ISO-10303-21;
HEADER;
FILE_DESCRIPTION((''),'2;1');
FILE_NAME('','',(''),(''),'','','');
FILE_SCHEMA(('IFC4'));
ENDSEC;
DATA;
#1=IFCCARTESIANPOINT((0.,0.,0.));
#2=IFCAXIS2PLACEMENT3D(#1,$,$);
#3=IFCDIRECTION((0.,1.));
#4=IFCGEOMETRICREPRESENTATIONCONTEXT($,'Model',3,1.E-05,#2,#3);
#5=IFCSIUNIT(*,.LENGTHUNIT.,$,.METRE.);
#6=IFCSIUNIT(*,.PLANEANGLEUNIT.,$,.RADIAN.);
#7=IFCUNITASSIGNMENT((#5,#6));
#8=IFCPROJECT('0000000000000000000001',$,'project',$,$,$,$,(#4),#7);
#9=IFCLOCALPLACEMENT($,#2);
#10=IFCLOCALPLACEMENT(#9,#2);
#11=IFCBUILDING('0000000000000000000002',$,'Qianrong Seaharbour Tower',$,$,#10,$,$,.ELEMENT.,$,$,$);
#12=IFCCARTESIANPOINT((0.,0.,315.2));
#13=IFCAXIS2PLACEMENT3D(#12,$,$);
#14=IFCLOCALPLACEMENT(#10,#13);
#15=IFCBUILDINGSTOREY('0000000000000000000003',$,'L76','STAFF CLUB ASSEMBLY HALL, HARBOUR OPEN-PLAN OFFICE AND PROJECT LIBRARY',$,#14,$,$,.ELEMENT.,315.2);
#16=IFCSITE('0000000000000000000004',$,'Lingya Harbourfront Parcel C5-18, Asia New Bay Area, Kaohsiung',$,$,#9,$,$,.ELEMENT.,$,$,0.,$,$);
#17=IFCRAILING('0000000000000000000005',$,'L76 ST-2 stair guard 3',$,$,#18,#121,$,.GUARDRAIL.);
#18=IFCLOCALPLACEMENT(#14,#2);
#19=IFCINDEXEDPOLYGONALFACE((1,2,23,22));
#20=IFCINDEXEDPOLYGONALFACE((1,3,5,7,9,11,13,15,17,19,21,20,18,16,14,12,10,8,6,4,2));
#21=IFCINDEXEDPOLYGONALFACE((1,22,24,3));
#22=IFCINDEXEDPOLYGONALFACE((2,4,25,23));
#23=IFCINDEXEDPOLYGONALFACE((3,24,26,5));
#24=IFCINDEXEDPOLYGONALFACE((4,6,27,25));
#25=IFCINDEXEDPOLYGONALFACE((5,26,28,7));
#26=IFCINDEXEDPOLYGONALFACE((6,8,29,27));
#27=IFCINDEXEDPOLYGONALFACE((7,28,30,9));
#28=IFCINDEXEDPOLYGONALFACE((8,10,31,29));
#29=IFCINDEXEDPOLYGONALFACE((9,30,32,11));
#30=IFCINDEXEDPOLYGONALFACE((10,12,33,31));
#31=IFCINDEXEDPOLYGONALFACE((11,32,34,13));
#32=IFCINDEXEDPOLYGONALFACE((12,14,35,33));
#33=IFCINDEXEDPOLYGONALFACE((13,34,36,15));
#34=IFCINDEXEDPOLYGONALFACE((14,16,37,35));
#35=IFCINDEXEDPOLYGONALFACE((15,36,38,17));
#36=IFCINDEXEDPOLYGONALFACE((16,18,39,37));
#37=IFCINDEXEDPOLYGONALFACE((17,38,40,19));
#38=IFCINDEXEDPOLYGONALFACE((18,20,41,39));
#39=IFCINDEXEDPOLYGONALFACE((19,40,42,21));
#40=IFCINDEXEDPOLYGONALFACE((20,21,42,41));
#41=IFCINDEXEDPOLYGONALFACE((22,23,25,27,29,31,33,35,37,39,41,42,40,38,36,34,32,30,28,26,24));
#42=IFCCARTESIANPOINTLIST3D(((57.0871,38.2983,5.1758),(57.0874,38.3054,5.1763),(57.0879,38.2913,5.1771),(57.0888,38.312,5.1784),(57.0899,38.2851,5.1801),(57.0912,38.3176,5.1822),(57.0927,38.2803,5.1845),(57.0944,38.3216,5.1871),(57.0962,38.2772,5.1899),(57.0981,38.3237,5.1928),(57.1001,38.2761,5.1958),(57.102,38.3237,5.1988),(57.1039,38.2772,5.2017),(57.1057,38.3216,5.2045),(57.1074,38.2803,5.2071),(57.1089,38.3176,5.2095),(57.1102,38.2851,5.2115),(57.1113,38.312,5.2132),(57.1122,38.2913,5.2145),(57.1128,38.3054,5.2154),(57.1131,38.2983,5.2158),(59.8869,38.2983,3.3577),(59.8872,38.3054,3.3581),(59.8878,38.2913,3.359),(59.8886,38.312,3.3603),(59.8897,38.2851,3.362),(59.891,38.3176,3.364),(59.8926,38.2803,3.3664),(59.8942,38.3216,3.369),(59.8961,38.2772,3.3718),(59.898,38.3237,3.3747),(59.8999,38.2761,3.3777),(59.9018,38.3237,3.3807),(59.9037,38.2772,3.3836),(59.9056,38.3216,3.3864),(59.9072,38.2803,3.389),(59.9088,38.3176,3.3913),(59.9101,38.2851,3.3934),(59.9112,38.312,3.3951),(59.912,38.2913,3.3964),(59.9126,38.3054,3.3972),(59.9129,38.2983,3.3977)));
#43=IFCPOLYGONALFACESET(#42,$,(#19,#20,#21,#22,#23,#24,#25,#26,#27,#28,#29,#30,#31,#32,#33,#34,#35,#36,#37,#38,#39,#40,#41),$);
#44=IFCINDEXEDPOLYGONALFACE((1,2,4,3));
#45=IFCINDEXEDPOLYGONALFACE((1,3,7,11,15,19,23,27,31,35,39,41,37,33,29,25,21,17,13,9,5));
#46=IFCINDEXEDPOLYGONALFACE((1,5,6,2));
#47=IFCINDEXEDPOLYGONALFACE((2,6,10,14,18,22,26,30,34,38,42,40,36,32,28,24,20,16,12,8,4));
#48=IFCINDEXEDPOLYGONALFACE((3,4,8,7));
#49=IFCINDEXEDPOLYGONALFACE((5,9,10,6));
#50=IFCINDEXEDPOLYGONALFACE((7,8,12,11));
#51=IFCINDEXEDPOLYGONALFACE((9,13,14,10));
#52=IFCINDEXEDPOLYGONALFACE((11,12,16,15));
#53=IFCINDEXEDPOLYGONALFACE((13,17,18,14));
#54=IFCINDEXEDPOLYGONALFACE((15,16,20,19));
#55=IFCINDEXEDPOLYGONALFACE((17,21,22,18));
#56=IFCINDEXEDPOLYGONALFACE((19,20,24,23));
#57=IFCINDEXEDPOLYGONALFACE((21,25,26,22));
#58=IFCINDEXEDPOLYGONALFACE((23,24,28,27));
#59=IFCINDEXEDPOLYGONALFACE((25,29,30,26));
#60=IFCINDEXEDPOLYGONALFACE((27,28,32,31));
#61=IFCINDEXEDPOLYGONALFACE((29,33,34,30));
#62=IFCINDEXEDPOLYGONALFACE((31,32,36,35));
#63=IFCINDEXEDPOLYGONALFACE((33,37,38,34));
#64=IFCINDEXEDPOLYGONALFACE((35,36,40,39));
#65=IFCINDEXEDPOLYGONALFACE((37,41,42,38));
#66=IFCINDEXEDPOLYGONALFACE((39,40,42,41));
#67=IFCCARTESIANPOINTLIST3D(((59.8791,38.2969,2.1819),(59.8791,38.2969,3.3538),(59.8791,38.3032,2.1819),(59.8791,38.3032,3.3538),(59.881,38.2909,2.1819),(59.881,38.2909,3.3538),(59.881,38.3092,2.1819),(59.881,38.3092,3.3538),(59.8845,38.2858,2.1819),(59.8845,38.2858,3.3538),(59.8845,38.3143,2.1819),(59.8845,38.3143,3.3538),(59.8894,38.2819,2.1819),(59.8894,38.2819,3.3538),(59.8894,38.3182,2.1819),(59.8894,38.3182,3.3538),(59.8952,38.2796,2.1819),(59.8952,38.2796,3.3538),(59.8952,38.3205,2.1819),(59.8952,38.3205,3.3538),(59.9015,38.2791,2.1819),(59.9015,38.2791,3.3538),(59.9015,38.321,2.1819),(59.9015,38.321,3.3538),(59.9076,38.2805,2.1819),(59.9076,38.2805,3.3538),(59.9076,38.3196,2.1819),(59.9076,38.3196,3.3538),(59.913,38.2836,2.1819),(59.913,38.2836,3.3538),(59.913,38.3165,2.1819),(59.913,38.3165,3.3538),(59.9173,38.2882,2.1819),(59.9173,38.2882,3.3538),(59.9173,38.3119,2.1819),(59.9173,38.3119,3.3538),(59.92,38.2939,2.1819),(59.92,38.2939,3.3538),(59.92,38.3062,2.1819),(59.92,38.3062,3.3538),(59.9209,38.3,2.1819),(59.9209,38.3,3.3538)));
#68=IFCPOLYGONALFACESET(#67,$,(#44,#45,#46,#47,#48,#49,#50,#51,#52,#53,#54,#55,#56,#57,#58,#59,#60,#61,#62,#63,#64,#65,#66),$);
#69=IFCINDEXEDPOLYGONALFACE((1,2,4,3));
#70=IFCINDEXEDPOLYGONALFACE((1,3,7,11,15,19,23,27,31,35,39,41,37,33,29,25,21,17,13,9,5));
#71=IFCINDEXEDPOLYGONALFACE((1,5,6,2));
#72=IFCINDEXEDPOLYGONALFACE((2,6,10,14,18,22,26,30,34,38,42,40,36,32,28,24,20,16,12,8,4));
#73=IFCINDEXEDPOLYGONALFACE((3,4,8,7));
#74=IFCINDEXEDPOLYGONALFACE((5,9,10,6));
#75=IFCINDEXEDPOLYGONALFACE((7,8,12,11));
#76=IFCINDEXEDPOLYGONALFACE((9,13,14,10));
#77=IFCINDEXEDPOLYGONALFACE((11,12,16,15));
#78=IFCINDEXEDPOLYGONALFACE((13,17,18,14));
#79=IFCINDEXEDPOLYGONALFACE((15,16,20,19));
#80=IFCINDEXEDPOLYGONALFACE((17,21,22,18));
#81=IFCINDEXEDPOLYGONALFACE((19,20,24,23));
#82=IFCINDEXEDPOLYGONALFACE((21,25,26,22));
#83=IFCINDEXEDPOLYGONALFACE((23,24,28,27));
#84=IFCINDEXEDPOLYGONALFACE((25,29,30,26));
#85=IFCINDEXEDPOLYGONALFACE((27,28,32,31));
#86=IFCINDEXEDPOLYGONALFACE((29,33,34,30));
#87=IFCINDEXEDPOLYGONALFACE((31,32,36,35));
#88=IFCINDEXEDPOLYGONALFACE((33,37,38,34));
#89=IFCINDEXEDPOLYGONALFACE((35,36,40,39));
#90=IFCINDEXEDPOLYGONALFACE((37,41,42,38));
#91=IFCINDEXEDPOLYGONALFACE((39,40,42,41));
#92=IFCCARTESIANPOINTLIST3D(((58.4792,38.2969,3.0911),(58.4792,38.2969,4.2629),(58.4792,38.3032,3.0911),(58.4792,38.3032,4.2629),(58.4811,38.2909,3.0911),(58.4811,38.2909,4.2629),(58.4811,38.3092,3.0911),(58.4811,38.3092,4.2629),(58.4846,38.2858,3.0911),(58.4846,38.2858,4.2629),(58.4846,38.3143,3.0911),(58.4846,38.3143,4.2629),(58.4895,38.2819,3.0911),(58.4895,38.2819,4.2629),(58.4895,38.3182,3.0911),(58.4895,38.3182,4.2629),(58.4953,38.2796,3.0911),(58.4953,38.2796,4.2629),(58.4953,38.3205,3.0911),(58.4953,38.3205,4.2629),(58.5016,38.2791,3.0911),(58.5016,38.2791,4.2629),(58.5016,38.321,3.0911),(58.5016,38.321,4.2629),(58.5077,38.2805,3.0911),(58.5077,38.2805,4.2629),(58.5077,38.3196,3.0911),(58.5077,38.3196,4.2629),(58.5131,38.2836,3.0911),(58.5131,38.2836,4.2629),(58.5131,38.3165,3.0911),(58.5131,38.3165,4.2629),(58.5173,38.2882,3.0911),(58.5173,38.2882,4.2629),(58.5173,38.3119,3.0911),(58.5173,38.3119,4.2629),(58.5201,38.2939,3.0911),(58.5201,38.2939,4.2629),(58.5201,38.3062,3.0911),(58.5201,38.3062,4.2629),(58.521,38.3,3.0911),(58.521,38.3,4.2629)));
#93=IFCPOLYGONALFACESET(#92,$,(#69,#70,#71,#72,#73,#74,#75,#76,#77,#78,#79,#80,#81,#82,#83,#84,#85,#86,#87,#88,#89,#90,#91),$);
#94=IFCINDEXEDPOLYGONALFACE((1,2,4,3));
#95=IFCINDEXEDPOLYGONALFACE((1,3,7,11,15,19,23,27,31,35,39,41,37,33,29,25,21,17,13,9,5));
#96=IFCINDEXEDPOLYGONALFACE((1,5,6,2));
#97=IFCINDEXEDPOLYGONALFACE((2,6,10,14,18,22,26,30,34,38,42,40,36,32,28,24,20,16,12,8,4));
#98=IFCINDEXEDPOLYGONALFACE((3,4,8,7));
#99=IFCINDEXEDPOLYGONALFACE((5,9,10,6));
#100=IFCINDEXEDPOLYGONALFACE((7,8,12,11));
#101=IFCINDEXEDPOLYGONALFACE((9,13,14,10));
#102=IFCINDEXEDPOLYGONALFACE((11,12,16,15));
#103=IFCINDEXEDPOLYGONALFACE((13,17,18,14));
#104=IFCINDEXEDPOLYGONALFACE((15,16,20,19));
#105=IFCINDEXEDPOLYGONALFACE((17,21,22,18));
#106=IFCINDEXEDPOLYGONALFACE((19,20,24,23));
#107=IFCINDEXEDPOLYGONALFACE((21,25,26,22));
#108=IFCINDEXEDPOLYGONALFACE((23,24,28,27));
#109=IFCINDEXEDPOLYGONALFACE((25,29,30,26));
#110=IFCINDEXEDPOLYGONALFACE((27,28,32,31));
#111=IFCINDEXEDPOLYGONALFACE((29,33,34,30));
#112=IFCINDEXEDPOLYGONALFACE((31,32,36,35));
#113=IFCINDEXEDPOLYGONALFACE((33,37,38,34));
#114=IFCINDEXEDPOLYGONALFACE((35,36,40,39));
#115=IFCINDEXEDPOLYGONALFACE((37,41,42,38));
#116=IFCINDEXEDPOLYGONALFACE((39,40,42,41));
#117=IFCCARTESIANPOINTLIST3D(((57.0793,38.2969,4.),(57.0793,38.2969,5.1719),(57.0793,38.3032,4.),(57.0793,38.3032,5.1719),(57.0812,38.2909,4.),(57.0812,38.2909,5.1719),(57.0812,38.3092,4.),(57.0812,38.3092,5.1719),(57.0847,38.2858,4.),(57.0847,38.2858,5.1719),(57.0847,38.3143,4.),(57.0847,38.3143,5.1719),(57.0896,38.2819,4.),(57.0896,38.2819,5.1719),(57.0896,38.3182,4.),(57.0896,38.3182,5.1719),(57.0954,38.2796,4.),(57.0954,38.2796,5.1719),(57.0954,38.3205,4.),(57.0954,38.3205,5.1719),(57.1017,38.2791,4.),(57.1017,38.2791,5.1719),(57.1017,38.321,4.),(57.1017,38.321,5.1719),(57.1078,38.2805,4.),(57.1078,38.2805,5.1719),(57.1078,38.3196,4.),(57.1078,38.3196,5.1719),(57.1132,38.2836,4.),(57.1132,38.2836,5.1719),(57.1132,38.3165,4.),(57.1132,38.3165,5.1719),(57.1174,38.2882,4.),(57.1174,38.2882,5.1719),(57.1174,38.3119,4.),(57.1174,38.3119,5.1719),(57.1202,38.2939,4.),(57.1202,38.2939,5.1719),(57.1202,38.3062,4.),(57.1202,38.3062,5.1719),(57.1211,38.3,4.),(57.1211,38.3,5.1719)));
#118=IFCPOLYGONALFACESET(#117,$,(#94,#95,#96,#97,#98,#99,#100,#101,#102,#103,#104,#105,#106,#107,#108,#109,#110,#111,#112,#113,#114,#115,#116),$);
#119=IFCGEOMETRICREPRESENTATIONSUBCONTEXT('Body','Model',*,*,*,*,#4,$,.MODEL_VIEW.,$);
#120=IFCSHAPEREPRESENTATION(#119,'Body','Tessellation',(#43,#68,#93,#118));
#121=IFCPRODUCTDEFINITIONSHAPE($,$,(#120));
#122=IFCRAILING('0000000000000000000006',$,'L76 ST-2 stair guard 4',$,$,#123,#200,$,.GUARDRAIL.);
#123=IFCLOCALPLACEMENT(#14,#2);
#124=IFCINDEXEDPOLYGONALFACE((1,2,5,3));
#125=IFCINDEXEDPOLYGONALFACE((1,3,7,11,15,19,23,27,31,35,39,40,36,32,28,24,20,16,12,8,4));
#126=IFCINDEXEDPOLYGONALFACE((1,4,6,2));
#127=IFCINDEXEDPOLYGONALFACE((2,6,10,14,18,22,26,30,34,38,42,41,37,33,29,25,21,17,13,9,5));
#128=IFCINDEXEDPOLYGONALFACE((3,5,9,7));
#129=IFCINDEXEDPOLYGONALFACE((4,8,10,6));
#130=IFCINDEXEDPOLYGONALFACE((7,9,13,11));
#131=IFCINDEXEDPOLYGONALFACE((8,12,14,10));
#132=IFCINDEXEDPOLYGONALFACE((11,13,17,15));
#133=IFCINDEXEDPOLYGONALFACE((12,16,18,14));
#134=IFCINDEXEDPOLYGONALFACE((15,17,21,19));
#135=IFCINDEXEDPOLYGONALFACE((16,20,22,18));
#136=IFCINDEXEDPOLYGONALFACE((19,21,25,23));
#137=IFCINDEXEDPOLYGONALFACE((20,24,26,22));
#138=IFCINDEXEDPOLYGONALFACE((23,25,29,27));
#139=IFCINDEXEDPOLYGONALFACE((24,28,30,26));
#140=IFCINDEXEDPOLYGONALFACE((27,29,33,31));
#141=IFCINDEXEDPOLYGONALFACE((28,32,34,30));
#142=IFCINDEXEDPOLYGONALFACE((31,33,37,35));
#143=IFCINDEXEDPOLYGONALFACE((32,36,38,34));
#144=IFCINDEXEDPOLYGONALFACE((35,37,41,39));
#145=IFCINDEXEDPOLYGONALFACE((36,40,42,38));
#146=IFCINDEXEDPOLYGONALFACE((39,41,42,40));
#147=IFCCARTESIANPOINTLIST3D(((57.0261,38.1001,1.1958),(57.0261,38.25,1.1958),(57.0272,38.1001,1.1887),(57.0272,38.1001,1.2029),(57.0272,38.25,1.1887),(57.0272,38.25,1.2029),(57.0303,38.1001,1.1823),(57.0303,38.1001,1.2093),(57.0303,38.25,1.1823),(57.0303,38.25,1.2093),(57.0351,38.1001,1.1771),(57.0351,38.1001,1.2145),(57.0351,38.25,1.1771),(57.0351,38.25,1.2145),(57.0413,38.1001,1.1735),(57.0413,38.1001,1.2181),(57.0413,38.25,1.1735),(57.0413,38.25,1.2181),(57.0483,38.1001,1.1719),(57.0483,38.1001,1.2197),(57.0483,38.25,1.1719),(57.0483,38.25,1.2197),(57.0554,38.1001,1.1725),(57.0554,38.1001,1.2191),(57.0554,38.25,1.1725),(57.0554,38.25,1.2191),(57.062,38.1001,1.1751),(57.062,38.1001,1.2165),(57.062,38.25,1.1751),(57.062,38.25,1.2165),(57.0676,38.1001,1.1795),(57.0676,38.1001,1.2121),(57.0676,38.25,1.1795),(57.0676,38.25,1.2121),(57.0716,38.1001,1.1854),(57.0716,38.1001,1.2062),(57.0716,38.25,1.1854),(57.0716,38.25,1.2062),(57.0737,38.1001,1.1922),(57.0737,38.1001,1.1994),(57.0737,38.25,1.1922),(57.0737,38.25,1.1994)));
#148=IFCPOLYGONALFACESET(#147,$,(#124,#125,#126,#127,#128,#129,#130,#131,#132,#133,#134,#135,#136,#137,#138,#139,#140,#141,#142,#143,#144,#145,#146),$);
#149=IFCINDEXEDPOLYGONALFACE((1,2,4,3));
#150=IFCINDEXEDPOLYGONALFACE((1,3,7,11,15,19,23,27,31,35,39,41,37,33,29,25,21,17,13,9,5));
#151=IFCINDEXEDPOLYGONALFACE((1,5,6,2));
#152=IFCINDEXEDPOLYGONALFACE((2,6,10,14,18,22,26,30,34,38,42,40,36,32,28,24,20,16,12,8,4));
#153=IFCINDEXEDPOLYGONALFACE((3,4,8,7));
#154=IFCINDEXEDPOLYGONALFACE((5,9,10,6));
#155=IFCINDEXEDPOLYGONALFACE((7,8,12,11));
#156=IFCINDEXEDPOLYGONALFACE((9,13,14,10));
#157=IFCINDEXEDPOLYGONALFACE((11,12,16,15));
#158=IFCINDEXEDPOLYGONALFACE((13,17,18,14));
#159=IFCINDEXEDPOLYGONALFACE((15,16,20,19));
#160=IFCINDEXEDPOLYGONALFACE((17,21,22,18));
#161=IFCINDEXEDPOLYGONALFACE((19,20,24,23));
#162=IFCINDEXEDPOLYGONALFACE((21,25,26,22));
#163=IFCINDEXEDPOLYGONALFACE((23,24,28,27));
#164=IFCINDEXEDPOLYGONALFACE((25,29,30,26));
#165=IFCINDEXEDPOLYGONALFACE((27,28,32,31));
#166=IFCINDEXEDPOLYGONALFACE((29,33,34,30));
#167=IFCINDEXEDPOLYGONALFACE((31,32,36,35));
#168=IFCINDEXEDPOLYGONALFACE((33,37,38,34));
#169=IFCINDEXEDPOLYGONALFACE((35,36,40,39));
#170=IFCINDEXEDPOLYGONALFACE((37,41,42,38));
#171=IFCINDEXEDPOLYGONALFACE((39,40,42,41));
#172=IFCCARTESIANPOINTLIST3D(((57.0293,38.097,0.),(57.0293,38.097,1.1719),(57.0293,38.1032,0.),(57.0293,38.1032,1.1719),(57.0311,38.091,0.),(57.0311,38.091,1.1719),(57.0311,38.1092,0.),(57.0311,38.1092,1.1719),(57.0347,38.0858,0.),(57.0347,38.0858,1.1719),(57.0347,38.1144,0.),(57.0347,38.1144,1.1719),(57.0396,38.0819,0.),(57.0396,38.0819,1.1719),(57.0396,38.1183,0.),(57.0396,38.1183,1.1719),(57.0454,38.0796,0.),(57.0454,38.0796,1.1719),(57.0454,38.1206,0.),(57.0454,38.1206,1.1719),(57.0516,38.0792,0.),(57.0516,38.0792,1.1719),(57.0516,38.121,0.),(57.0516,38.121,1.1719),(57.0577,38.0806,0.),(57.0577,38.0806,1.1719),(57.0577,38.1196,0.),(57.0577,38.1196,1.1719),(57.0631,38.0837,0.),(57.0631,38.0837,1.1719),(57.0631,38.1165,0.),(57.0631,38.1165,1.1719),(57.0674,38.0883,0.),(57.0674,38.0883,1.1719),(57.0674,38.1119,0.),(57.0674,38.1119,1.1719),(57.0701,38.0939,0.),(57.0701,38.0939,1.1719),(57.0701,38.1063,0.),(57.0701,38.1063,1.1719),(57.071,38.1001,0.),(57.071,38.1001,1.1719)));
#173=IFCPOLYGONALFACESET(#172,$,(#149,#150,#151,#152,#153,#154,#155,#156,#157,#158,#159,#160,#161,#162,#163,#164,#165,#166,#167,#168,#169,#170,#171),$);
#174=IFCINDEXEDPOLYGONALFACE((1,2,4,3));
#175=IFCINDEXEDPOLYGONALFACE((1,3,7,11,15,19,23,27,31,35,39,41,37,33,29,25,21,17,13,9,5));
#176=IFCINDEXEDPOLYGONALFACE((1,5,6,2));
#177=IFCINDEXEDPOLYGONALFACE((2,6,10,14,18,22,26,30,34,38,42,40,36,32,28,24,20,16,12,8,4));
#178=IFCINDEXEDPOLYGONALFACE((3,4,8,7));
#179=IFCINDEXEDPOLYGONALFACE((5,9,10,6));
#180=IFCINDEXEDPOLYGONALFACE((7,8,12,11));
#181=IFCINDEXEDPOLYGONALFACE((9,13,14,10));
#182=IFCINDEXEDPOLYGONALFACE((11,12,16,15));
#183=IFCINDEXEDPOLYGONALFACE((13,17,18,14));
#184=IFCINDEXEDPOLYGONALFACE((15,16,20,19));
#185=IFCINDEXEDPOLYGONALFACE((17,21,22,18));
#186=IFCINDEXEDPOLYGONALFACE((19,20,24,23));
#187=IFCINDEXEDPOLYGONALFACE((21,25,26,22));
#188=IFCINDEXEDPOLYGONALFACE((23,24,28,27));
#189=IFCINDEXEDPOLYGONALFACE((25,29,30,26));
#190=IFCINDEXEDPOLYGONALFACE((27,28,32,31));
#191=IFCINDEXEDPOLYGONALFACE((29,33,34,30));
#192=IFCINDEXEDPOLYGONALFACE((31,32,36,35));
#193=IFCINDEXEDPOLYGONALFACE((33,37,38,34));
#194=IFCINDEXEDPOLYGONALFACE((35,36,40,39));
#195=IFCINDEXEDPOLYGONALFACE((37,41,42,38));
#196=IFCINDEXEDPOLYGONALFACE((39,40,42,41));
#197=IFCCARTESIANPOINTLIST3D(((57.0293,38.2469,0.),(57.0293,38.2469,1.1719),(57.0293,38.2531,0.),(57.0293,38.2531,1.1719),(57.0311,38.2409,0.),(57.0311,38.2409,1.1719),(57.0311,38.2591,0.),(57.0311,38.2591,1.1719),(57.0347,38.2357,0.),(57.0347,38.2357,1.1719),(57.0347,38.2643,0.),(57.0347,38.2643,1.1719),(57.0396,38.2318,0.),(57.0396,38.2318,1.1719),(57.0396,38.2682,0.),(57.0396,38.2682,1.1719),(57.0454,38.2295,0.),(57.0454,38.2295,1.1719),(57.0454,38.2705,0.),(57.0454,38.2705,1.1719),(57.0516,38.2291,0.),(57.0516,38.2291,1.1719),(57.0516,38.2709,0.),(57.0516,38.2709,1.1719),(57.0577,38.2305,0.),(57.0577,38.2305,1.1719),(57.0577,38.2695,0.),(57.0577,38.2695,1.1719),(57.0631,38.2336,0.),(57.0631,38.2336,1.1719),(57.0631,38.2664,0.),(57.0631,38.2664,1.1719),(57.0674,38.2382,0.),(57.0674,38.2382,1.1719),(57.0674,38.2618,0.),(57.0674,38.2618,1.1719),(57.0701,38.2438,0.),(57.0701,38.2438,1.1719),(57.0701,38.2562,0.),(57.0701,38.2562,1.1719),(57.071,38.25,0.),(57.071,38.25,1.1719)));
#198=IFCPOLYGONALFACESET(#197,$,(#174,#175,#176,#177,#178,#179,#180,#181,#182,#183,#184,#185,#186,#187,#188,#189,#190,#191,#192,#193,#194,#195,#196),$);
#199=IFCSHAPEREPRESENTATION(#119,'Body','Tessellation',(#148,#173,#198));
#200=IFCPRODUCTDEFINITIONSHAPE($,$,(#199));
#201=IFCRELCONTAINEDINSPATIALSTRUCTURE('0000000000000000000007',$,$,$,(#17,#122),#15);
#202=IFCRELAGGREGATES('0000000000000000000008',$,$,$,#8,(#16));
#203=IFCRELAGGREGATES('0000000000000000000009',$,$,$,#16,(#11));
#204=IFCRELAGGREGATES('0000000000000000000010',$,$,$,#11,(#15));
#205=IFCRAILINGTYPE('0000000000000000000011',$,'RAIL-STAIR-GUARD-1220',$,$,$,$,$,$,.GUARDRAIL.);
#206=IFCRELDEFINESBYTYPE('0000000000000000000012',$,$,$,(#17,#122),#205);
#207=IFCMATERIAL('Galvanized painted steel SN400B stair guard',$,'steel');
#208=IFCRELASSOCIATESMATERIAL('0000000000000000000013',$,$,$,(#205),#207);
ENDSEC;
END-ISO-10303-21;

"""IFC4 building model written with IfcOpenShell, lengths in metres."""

from ifc_helpers import new_model, si_unit, direction, frame, origin, origin_2d, place, context, subcontext, project, spatial, circle, extrude, material, type_object, element, save


model = new_model("IFC4")

# Units and contexts
model_context = context("Model", 3, precision=1e-05, world=origin(), true_north=direction((0.0, 1.0)))
body_context = subcontext(model_context, "Body", "Model", "MODEL_VIEW")
ifc_project = project(units=[si_unit("LENGTHUNIT", "METRE"), si_unit("PLANEANGLEUNIT", "RADIAN")], contexts=[model_context])

# Site, building, storey
site_placement = place(None, origin())
site = spatial("IfcSite", under=ifc_project, at=site_placement, Name="Lingya Harbourfront Parcel C5-18, Asia New Bay Area, Kaohsiung", CompositionType="ELEMENT", RefElevation=0.0)
building_placement = place(site_placement, origin())
building = spatial("IfcBuilding", under=site, at=building_placement, Name="Qianrong Seaharbour Tower", CompositionType="ELEMENT")
storey_placement = place(building_placement, frame((0.0, 0.0, 315.2)))
storey = spatial("IfcBuildingStorey", under=building, at=storey_placement, Name="L76", Description="STAFF CLUB ASSEMBLY HALL, HARBOUR OPEN-PLAN OFFICE AND PROJECT LIBRARY", CompositionType="ELEMENT", Elevation=315.2)

# Railings
ifc_material_1 = material(Name="Galvanized painted steel SN400B stair guard", Category="steel")
railing_type_1 = type_object("IfcRailingType", Name="RAIL-STAIR-GUARD-1220", PredefinedType="GUARDRAIL", material=ifc_material_1)
railing_1_placement = place(storey_placement, frame((59.8999, 38.3, 2.1819)))
element("IfcRailing", 1, at=railing_1_placement, inside=storey, type_object=railing_type_1, Name="L76 ST-2 stair guard 3", PredefinedType="GUARDRAIL", context=body_context, shape_type="SweptSolid", body=[
    extrude(circle(Radius=0.0239, at=origin_2d()), frame((0.0, 0.0, 1.1958), z_axis=(-0.838684, 0.0, 0.544618), x_axis=(0.0, -1.0, 0.0)), (0.0, 0.0, 1.0), 3.3384),
    extrude(circle(Radius=0.021, at=origin_2d()), origin(), (0.0, 0.0, 1.0), 1.1719),
    extrude(circle(Radius=0.021, at=origin_2d()), frame((-1.3999, 0.0, 0.9092)), (0.0, 0.0, 1.0), 1.1719),
    extrude(circle(Radius=0.021, at=origin_2d()), frame((-2.7998, 0.0, 1.8181)), (0.0, 0.0, 1.0), 1.1719),
])
railing_2_placement = place(storey_placement, frame((57.05, 38.1001, 0.0)))
element("IfcRailing", 2, at=railing_2_placement, inside=storey, type_object=railing_type_1, Name="L76 ST-2 stair guard 4", PredefinedType="GUARDRAIL", context=body_context, shape_type="SweptSolid", body=[
    extrude(circle(Radius=0.0239, at=origin_2d()), frame((0.0, 0.0, 1.1958), z_axis=(0.0, 1.0, 0.0), x_axis=(-1.0, 0.0, 0.0)), (0.0, 0.0, 1.0), 0.1499),
    extrude(circle(Radius=0.021, at=origin_2d()), origin(), (0.0, 0.0, 1.0), 1.1719),
    extrude(circle(Radius=0.021, at=origin_2d()), frame((0.0, 0.1499, 0.0)), (0.0, 0.0, 1.0), 1.1719),
])

save(model, "model.ifc")
